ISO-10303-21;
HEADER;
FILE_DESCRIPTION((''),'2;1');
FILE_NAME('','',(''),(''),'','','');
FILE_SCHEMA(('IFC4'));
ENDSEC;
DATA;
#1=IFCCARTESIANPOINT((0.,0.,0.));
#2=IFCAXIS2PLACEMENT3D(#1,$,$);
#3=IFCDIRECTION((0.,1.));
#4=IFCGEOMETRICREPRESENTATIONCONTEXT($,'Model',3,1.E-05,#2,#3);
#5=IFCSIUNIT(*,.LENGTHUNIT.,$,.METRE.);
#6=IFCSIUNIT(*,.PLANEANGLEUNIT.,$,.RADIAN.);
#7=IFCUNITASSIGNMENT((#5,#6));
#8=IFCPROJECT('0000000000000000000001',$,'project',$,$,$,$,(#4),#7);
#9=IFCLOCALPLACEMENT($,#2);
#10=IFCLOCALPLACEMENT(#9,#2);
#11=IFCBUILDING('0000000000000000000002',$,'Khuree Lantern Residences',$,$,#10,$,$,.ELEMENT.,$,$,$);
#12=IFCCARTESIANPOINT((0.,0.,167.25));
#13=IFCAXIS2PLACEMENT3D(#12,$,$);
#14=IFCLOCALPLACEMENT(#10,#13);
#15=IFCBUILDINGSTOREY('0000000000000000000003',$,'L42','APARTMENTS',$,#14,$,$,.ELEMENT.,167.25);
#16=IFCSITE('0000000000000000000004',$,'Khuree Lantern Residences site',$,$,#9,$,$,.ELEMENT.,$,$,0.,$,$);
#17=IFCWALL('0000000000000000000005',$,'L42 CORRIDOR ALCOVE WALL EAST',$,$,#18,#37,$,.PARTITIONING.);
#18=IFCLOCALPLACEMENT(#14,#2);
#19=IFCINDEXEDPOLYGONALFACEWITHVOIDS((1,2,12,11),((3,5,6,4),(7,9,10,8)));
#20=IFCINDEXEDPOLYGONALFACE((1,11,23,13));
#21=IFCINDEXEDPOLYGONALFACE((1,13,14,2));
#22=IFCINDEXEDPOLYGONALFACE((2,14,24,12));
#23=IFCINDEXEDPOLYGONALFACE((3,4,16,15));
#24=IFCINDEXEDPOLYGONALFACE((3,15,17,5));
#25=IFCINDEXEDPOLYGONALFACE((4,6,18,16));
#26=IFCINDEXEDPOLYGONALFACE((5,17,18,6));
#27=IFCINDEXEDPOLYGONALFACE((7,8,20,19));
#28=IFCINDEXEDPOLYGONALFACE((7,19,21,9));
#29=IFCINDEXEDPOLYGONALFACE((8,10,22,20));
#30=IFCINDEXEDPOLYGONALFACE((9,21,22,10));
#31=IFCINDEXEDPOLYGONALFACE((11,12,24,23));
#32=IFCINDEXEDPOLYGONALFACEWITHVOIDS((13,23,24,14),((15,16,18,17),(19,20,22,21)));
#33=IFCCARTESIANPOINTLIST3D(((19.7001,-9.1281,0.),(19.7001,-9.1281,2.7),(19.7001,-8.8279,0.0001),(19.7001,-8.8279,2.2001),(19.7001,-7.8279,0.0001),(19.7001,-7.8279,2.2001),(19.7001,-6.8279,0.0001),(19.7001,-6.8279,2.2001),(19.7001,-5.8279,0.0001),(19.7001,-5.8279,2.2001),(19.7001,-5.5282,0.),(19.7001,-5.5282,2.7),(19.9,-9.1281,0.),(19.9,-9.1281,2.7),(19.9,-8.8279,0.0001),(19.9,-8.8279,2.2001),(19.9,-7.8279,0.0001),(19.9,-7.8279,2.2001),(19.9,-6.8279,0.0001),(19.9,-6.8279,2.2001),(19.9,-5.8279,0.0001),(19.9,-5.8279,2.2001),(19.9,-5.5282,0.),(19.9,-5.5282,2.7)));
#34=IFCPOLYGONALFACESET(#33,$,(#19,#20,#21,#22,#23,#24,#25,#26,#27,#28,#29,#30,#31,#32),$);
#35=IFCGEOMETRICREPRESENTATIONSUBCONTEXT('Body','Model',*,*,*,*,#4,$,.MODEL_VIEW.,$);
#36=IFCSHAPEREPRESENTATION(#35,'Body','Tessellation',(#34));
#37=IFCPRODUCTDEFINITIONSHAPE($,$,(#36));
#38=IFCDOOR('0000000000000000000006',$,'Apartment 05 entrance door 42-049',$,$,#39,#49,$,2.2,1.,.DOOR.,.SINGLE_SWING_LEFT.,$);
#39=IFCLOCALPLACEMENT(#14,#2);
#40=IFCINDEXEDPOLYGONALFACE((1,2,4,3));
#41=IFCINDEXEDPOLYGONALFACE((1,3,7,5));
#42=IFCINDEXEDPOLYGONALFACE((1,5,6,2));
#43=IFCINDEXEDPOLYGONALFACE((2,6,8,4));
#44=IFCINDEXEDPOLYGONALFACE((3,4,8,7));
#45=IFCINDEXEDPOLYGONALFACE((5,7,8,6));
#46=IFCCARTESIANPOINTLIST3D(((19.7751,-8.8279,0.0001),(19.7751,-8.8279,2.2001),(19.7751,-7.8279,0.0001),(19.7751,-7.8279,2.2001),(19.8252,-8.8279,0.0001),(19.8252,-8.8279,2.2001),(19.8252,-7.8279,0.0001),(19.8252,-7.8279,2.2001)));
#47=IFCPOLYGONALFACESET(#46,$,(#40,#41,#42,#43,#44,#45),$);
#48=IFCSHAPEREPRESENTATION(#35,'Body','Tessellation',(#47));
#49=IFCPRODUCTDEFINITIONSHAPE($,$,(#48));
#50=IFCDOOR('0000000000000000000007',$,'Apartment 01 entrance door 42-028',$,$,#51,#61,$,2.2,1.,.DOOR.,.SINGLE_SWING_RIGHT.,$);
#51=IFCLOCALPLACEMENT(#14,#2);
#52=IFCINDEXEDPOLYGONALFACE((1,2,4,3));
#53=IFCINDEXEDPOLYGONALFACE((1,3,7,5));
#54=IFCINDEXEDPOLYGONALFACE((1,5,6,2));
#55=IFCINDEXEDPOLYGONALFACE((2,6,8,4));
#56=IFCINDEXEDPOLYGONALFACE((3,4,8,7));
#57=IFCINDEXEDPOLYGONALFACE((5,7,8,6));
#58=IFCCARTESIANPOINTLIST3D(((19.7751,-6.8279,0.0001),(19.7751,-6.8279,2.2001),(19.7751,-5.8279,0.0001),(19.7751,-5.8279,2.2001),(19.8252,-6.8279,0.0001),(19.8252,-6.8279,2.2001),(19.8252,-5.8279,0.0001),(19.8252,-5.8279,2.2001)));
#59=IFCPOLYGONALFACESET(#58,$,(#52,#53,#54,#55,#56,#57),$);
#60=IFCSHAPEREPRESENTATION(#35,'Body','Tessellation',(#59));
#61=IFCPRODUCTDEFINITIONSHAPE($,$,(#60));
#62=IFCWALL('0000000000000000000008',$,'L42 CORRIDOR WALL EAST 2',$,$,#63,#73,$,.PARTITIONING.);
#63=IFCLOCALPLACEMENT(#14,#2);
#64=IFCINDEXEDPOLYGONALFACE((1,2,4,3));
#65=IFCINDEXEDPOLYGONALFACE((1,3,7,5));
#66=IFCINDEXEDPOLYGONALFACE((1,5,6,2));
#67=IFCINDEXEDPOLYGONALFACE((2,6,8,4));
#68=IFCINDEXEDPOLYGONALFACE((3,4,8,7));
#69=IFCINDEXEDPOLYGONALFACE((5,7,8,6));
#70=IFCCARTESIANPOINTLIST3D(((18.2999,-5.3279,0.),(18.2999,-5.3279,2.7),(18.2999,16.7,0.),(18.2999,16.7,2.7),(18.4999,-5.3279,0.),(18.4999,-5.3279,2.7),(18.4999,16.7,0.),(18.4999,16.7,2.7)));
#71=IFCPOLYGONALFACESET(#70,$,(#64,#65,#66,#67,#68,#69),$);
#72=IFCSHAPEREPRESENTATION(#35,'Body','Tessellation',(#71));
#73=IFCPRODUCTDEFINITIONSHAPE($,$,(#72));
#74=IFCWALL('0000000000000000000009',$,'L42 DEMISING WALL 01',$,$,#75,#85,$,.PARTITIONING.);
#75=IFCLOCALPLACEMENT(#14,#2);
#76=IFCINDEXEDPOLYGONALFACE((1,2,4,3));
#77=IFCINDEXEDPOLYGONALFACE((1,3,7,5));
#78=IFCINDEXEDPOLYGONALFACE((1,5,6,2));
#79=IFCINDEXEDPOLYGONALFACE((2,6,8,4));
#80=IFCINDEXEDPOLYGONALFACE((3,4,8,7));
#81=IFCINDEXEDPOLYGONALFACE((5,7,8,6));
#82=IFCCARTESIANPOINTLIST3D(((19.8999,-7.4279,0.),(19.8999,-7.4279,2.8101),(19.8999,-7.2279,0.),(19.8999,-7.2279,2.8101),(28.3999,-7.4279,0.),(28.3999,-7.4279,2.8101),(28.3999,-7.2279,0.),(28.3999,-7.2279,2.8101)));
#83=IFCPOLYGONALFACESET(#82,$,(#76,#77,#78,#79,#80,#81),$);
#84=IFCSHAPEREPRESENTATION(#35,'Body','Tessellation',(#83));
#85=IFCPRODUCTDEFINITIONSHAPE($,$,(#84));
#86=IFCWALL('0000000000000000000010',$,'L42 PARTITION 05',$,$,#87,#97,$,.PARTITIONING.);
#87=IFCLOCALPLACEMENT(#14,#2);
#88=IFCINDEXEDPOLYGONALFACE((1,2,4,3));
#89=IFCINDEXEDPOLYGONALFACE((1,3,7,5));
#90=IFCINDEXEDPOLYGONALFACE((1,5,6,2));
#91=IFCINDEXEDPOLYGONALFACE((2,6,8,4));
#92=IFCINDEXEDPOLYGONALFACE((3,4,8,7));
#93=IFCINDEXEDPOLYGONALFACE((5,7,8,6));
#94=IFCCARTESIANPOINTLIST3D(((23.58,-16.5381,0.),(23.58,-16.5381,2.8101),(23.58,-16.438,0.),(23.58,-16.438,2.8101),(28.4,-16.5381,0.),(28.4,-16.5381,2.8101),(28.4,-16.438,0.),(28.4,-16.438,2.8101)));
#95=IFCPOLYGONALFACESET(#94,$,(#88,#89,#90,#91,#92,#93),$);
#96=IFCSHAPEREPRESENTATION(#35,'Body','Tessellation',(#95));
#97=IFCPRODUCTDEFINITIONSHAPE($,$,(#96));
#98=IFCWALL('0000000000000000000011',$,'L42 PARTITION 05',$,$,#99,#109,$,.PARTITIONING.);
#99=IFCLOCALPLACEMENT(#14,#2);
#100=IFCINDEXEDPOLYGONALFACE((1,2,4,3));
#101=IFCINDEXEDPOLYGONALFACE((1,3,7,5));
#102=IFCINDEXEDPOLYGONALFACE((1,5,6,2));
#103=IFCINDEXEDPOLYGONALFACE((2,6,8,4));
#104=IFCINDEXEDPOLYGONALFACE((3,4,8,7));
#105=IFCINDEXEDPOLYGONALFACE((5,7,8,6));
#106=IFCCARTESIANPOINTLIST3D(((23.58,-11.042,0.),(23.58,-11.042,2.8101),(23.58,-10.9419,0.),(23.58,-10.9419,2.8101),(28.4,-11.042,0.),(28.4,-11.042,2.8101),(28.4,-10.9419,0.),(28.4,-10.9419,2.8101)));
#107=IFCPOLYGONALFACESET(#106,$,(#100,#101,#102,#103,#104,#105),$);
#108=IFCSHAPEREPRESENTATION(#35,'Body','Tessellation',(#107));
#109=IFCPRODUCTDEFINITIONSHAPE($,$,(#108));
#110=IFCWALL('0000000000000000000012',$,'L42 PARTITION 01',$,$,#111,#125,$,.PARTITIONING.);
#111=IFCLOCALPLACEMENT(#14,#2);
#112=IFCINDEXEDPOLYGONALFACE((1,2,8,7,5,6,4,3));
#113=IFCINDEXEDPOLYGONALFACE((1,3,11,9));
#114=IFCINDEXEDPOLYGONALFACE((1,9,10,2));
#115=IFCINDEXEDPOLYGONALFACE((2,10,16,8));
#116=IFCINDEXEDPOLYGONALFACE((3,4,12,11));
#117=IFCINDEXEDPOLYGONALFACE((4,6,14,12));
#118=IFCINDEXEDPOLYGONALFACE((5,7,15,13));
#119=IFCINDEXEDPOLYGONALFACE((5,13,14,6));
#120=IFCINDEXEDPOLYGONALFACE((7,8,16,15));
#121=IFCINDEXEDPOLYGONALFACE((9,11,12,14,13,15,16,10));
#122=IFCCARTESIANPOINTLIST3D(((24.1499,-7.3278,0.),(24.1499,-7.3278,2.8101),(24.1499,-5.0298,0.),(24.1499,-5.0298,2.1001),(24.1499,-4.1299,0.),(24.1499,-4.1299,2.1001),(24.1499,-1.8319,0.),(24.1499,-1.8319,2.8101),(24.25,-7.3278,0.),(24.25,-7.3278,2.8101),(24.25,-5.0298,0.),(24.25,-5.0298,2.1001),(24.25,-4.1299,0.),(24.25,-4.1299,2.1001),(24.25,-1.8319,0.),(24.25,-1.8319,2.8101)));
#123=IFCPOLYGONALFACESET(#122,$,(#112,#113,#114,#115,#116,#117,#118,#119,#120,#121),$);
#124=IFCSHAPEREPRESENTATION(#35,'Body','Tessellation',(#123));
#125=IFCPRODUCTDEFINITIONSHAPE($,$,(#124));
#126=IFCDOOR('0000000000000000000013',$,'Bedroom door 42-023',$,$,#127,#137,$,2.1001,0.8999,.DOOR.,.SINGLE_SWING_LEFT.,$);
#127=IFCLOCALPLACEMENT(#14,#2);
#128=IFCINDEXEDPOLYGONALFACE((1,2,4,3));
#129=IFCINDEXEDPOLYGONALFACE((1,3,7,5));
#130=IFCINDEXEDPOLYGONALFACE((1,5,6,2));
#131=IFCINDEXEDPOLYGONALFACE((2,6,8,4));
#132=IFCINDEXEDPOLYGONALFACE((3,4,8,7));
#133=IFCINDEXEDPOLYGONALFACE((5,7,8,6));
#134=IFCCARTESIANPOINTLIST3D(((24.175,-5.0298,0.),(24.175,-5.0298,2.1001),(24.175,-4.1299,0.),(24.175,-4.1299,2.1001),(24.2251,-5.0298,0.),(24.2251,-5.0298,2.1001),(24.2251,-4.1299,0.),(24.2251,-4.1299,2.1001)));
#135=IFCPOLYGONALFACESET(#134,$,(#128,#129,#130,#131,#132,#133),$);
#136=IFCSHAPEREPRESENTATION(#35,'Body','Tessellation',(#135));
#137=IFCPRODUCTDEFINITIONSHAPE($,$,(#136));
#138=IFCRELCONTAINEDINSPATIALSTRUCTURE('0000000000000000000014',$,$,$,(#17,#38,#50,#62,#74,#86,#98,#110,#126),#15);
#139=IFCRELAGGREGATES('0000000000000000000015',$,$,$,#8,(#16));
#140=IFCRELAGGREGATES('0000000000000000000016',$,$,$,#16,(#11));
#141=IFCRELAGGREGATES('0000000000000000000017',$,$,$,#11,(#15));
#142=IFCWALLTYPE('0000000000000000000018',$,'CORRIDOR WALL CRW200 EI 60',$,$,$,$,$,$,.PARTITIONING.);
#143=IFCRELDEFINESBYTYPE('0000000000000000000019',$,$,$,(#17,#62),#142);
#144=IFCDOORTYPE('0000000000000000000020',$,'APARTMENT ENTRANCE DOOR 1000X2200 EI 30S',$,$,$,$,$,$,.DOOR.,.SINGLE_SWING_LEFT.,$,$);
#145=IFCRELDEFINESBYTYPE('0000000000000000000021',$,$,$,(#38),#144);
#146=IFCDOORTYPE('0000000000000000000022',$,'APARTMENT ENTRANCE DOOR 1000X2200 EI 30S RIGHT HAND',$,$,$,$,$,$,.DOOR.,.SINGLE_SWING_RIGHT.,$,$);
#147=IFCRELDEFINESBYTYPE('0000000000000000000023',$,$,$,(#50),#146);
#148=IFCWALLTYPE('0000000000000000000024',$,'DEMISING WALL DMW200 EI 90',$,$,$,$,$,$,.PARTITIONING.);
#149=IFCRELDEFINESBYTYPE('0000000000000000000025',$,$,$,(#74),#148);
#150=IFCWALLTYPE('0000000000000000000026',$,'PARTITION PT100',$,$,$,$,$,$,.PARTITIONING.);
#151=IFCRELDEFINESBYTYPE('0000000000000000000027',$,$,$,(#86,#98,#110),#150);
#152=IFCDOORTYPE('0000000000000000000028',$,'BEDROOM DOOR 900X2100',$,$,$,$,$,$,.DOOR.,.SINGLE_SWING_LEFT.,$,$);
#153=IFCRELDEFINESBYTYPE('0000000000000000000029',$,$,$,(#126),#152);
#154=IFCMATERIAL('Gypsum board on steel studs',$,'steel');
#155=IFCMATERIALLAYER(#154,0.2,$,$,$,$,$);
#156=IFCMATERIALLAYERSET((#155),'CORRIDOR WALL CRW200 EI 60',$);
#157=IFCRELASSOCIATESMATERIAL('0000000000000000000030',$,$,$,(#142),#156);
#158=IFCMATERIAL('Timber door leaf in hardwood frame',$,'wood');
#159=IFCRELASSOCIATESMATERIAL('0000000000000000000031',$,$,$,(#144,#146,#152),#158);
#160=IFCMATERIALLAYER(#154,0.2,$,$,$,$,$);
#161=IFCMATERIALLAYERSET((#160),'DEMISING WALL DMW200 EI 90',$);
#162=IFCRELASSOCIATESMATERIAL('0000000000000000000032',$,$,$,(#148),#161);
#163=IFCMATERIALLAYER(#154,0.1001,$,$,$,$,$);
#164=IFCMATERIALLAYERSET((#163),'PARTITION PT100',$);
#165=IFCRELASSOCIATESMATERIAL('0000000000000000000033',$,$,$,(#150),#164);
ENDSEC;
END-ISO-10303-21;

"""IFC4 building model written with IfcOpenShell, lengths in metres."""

from ifc_helpers import new_model, si_unit, direction, frame, frame_2d, origin, place, context, subcontext, project, spatial, rectangle, extrude, material, layer, layer_set, type_object, element, fill, save


model = new_model("IFC4")

# Units and contexts
model_context = context("Model", 3, precision=1e-05, world=origin(), true_north=direction((0.0, 1.0)))
body_context = subcontext(model_context, "Body", "Model", "MODEL_VIEW")
ifc_project = project(units=[si_unit("LENGTHUNIT", "METRE"), si_unit("PLANEANGLEUNIT", "RADIAN")], contexts=[model_context])

# Site, building, storey
site_placement = place(None, origin())
site = spatial("IfcSite", under=ifc_project, at=site_placement, Name="Khuree Lantern Residences site", CompositionType="ELEMENT", RefElevation=0.0)
building_placement = place(site_placement, origin())
building = spatial("IfcBuilding", under=site, at=building_placement, Name="Khuree Lantern Residences", CompositionType="ELEMENT")
storey_placement = place(building_placement, frame((0.0, 0.0, 167.25)))
storey = spatial("IfcBuildingStorey", under=building, at=storey_placement, Name="L42", Description="APARTMENTS", CompositionType="ELEMENT", Elevation=167.25)

# Shared definitions
ifc_material_1 = material(Name="Timber door leaf in hardwood frame", Category="wood")

# Shared definitions
ifc_material_2 = material(Name="Gypsum board on steel studs", Category="steel")
ifc_layer_1 = layer(ifc_material_2, 0.2)
ifc_layer_set_1 = layer_set([ifc_layer_1], Name="CORRIDOR WALL CRW200 EI 60")
wall_type_1 = type_object("IfcWallType", Name="CORRIDOR WALL CRW200 EI 60", PredefinedType="PARTITIONING", material=ifc_layer_set_1)

# Wall, openings, doors
wall_1_placement = place(storey_placement, frame((19.8, -9.1279, 0.0), z_axis=(0.0, 0.0, 1.0), x_axis=(0.0, 1.0, 0.0)))
wall_1 = element("IfcWall", 1, at=wall_1_placement, inside=storey, type_object=wall_type_1, Name="L42 CORRIDOR ALCOVE WALL EAST", PredefinedType="PARTITIONING", context=body_context, shape_type="SweptSolid", body=[
    extrude(rectangle(XDim=3.5999, YDim=0.2, at=frame_2d((1.7998, 0.0))), origin(), (0.0, 0.0, 1.0), 2.7),
])
opening_1_placement = place(wall_1_placement, frame((2.3, 0.0, 0.0)))
opening_1 = element("IfcOpeningElement", 2, at=opening_1_placement, cuts=wall_1, PredefinedType="OPENING", context=body_context, shape_type="SweptSolid", body=[
    extrude(rectangle(XDim=1.0, YDim=2.2, at=frame_2d((0.5, 1.1001))), frame((0.0, 0.1099, 0.0), z_axis=(0.0, -1.0, 0.0), x_axis=(1.0, 0.0, 0.0)), (0.0, 0.0, 1.0), 0.22),
])
opening_2_placement = place(wall_1_placement, frame((0.3, 0.0, 0.0)))
opening_2 = element("IfcOpeningElement", 3, at=opening_2_placement, cuts=wall_1, PredefinedType="OPENING", context=body_context, shape_type="SweptSolid", body=[
    extrude(rectangle(XDim=1.0, YDim=2.2, at=frame_2d((0.5, 1.1001))), frame((0.0, 0.1099, 0.0), z_axis=(0.0, -1.0, 0.0), x_axis=(1.0, 0.0, 0.0)), (0.0, 0.0, 1.0), 0.22),
])
door_type_1 = type_object("IfcDoorType", Name="APARTMENT ENTRANCE DOOR 1000X2200 EI 30S", OperationType="SINGLE_SWING_LEFT", PredefinedType="DOOR", material=ifc_material_1)
door_1_placement = place(opening_2_placement, origin())
door_1 = element("IfcDoor", 4, at=door_1_placement, inside=storey, type_object=door_type_1, Name="Apartment 05 entrance door 42-049", OperationType="SINGLE_SWING_LEFT", OverallHeight=2.2, OverallWidth=1.0, PredefinedType="DOOR", context=body_context, shape_type="SweptSolid", body=[
    extrude(rectangle(XDim=1.0, YDim=2.2, at=frame_2d((0.5, 1.1001))), frame((0.0, 0.0249, 0.0), z_axis=(0.0, -1.0, 0.0), x_axis=(1.0, 0.0, 0.0)), (0.0, 0.0, 1.0), 0.05),
])
fill(opening_2, door_1)
door_type_2 = type_object("IfcDoorType", Name="APARTMENT ENTRANCE DOOR 1000X2200 EI 30S RIGHT HAND", OperationType="SINGLE_SWING_RIGHT", PredefinedType="DOOR", material=ifc_material_1)
door_2_placement = place(opening_1_placement, origin())
door_2 = element("IfcDoor", 5, at=door_2_placement, inside=storey, type_object=door_type_2, Name="Apartment 01 entrance door 42-028", OperationType="SINGLE_SWING_RIGHT", OverallHeight=2.2, OverallWidth=1.0, PredefinedType="DOOR", context=body_context, shape_type="SweptSolid", body=[
    extrude(rectangle(XDim=1.0, YDim=2.2, at=frame_2d((0.5, 1.1001))), frame((0.0, 0.0249, 0.0), z_axis=(0.0, -1.0, 0.0), x_axis=(1.0, 0.0, 0.0)), (0.0, 0.0, 1.0), 0.05),
])
fill(opening_1, door_2)

# Walls
wall_2_placement = place(storey_placement, frame((18.3999, -5.3279, 0.0), z_axis=(0.0, 0.0, 1.0), x_axis=(0.0, 1.0, 0.0)))
element("IfcWall", 6, at=wall_2_placement, inside=storey, type_object=wall_type_1, Name="L42 CORRIDOR WALL EAST 2", PredefinedType="PARTITIONING", context=body_context, shape_type="SweptSolid", body=[
    extrude(rectangle(XDim=22.0278, YDim=0.2, at=frame_2d((11.0139, 0.0))), origin(), (0.0, 0.0, 1.0), 2.7),
])
ifc_layer_2 = layer(ifc_material_2, 0.2)
ifc_layer_set_2 = layer_set([ifc_layer_2], Name="DEMISING WALL DMW200 EI 90")
wall_type_2 = type_object("IfcWallType", Name="DEMISING WALL DMW200 EI 90", PredefinedType="PARTITIONING", material=ifc_layer_set_2)
wall_3_placement = place(storey_placement, frame((19.8999, -7.3279, 0.0), z_axis=(0.0, 0.0, 1.0), x_axis=(1.0, 0.0, 0.0)))
element("IfcWall", 7, at=wall_3_placement, inside=storey, type_object=wall_type_2, Name="L42 DEMISING WALL 01", PredefinedType="PARTITIONING", context=body_context, shape_type="SweptSolid", body=[
    extrude(rectangle(XDim=8.5, YDim=0.2, at=frame_2d((4.25, 0.0))), origin(), (0.0, 0.0, 1.0), 2.8101),
])
ifc_layer_3 = layer(ifc_material_2, 0.1001)
ifc_layer_set_3 = layer_set([ifc_layer_3], Name="PARTITION PT100")
wall_type_3 = type_object("IfcWallType", Name="PARTITION PT100", PredefinedType="PARTITIONING", material=ifc_layer_set_3)
for number, where, z_axis, x_axis, name in (
    (8, (23.5798, -16.488, 0.0), (0.0, 0.0, 1.0), (1.0, 0.0, 0.0), "L42 PARTITION 05"),
    (9, (23.5798, -10.9919, 0.0), (0.0, 0.0, 1.0), (1.0, 0.0, 0.0), "L42 PARTITION 05"),
):
    element("IfcWall", number, at=place(storey_placement, frame(where, z_axis=z_axis, x_axis=x_axis)), inside=storey, type_object=wall_type_3, Name=name, PredefinedType="PARTITIONING", context=body_context, shape_type="SweptSolid", body=[
        extrude(rectangle(XDim=4.8201, YDim=0.1001, at=frame_2d((2.4102, 0.0))), origin(), (0.0, 0.0, 1.0), 2.8101),
    ])

# Wall, opening, door
wall_4_placement = place(storey_placement, frame((24.2, -7.3279, 0.0), z_axis=(0.0, 0.0, 1.0), x_axis=(0.0, 1.0, 0.0)))
wall_4 = element("IfcWall", 10, at=wall_4_placement, inside=storey, type_object=wall_type_3, Name="L42 PARTITION 01", PredefinedType="PARTITIONING", context=body_context, shape_type="SweptSolid", body=[
    extrude(rectangle(XDim=5.4958, YDim=0.1001, at=frame_2d((2.748, 0.0))), origin(), (0.0, 0.0, 1.0), 2.8101),
])
opening_3_placement = place(wall_4_placement, frame((2.2981, 0.0, 0.0)))
opening_3 = element("IfcOpeningElement", 11, at=opening_3_placement, cuts=wall_4, PredefinedType="OPENING", context=body_context, shape_type="SweptSolid", body=[
    extrude(rectangle(XDim=0.8999, YDim=2.1001, at=frame_2d((0.45, 1.05))), frame((0.0, 0.0601, 0.0), z_axis=(0.0, -1.0, 0.0), x_axis=(1.0, 0.0, 0.0)), (0.0, 0.0, 1.0), 0.1201),
])
door_type_3 = type_object("IfcDoorType", Name="BEDROOM DOOR 900X2100", OperationType="SINGLE_SWING_LEFT", PredefinedType="DOOR", material=ifc_material_1)
door_3_placement = place(opening_3_placement, origin())
door_3 = element("IfcDoor", 12, at=door_3_placement, inside=storey, type_object=door_type_3, Name="Bedroom door 42-023", OperationType="SINGLE_SWING_LEFT", OverallHeight=2.1001, OverallWidth=0.8999, PredefinedType="DOOR", context=body_context, shape_type="SweptSolid", body=[
    extrude(rectangle(XDim=0.8999, YDim=2.1001, at=frame_2d((0.45, 1.05))), frame((0.0, 0.0249, 0.0), z_axis=(0.0, -1.0, 0.0), x_axis=(1.0, 0.0, 0.0)), (0.0, 0.0, 1.0), 0.05),
])
fill(opening_3, door_3)

save(model, "model.ifc")
